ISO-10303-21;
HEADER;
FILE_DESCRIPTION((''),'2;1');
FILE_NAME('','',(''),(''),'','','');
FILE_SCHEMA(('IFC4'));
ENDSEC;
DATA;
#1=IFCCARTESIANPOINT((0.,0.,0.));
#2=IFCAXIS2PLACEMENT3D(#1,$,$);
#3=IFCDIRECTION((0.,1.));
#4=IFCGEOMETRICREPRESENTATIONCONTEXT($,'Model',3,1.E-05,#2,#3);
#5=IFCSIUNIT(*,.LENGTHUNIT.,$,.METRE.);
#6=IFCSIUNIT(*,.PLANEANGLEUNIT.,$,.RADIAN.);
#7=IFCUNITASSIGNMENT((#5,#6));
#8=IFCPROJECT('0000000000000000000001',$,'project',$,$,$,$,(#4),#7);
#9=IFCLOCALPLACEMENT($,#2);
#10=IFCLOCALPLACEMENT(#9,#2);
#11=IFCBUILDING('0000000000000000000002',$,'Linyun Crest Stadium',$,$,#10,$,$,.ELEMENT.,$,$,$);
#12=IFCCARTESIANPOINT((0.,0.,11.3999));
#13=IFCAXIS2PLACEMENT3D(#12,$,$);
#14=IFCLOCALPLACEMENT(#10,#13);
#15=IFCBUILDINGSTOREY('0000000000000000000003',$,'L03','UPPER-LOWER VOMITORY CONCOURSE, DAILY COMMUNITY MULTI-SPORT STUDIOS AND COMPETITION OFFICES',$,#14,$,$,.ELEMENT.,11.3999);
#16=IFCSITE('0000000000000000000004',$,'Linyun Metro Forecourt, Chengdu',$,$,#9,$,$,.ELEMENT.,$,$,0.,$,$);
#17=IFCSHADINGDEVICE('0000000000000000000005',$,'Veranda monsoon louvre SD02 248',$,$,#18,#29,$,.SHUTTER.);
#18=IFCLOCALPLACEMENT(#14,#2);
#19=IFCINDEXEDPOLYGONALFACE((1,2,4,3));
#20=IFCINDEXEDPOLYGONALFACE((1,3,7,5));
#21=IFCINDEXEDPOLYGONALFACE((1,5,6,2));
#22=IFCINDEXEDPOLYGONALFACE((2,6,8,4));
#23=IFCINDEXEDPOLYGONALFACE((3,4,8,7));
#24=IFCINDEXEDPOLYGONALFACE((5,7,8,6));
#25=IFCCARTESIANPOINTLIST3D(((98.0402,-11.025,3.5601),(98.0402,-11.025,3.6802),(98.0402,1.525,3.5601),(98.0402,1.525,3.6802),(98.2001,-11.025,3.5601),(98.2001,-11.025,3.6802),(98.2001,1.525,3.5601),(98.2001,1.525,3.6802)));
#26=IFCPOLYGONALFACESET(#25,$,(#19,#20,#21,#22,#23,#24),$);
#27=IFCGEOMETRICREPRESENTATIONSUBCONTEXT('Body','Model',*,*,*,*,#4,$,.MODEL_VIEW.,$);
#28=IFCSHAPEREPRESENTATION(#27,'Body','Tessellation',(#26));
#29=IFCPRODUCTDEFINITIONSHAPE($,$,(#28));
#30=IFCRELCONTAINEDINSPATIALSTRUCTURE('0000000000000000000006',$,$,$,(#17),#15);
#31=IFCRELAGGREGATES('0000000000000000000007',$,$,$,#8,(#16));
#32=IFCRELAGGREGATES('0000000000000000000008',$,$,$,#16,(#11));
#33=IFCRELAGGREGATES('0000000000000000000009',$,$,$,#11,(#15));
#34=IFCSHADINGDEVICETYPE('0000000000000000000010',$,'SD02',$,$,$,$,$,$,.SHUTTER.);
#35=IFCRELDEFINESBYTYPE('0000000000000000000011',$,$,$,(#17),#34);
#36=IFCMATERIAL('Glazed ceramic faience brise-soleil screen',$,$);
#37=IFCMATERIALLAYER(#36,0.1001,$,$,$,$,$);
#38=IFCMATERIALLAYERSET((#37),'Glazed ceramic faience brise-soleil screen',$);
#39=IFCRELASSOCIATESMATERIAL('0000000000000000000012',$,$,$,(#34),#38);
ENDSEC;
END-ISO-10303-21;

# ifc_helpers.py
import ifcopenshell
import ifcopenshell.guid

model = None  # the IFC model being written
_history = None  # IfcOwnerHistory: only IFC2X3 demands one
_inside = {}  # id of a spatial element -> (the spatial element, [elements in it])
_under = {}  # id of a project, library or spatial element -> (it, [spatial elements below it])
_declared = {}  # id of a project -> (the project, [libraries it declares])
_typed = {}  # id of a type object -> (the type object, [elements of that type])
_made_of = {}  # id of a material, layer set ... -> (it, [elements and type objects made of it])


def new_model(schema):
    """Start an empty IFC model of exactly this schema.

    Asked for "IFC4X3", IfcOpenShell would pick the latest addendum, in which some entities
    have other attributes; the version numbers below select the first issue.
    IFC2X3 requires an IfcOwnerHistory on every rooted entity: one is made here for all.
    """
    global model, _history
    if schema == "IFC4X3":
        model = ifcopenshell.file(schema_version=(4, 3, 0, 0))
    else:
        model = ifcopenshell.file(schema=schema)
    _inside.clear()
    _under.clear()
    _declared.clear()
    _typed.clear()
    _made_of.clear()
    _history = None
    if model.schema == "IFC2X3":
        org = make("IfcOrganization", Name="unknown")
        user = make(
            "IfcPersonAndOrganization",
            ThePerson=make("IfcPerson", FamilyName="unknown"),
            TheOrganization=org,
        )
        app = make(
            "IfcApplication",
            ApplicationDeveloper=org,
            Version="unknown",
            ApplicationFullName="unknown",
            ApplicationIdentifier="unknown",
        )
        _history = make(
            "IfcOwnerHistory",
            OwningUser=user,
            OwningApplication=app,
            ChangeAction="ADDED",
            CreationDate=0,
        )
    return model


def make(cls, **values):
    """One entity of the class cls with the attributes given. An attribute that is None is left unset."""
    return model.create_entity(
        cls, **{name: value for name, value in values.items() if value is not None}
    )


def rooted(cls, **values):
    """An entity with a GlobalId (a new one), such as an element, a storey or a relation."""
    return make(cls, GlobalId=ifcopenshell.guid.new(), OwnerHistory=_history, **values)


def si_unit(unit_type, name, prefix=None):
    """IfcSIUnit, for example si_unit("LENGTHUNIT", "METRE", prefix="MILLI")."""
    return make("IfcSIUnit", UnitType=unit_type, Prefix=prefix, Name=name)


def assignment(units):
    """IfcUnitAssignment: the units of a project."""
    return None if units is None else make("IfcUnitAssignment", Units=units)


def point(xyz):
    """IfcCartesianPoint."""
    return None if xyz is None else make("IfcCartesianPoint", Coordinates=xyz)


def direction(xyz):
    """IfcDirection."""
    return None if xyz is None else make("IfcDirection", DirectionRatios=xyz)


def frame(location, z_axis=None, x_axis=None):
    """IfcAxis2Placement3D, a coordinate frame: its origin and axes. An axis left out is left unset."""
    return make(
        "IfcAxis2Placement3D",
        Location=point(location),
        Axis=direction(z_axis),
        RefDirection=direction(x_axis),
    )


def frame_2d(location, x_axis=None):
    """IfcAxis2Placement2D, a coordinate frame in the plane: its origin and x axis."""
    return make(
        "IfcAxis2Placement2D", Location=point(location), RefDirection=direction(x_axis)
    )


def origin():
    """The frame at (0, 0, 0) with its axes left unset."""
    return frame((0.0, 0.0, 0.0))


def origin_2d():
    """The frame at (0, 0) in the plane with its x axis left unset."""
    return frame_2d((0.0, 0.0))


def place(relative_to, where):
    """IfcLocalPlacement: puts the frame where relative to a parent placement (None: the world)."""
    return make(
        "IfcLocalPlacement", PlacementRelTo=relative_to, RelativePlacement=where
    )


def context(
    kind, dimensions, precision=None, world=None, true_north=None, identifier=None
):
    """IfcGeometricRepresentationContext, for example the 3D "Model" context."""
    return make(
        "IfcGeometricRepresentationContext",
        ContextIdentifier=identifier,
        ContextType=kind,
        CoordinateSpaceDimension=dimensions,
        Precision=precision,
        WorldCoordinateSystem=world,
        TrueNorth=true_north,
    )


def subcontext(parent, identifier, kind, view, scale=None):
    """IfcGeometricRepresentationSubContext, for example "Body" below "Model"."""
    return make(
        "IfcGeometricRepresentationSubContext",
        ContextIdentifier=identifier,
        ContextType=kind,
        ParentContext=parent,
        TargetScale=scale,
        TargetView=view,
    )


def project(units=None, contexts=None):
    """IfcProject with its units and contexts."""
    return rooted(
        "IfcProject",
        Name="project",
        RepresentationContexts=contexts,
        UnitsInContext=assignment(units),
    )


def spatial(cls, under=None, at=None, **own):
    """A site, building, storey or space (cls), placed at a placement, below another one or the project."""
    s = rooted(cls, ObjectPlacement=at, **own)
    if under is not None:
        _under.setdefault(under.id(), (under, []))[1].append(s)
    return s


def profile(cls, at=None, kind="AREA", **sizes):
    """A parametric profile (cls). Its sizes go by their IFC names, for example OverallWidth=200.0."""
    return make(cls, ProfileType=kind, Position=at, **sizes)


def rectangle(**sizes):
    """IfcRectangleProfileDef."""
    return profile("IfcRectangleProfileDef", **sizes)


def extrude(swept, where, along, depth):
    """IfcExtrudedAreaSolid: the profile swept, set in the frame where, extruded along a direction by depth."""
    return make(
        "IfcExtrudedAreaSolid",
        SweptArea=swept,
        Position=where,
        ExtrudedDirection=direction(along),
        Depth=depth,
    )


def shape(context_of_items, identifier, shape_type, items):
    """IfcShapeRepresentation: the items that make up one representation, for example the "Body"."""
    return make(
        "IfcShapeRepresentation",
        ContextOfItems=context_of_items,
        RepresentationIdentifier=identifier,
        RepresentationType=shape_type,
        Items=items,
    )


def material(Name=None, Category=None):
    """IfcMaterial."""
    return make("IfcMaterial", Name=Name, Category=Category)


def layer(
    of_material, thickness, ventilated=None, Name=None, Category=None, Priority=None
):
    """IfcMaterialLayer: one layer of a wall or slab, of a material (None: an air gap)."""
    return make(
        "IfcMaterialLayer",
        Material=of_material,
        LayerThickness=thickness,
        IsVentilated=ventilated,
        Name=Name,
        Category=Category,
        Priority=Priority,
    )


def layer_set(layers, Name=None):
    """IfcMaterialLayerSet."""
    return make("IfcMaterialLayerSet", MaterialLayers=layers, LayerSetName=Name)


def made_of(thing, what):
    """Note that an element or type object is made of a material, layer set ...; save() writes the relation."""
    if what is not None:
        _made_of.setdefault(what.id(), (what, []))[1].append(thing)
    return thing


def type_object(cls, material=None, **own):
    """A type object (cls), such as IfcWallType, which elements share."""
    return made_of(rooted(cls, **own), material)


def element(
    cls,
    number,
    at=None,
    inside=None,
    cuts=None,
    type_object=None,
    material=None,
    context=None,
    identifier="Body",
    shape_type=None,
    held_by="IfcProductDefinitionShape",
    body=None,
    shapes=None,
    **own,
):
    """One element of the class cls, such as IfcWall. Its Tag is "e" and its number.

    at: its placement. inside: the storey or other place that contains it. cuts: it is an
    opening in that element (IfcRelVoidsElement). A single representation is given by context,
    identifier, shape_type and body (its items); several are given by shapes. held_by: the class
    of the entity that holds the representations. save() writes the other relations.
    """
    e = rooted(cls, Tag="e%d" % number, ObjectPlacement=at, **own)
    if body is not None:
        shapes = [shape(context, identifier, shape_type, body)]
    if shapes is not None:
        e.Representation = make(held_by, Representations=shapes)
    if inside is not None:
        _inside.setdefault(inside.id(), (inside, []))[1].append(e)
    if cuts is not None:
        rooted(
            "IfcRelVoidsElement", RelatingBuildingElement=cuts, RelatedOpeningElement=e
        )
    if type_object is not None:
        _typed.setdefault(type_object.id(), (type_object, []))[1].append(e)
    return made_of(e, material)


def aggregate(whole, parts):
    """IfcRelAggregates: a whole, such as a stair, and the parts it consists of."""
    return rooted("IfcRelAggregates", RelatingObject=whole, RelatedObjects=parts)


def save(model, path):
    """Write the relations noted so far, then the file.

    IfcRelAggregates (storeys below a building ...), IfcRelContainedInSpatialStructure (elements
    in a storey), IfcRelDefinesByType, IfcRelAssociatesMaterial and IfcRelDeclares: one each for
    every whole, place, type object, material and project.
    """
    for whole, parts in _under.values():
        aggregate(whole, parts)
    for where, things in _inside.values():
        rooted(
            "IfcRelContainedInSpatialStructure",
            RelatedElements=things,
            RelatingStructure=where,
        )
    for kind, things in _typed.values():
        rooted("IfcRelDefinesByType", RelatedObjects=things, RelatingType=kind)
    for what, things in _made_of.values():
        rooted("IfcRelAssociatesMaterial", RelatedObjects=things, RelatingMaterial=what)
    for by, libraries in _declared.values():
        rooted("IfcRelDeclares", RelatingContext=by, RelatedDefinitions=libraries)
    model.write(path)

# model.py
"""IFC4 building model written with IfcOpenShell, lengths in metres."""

from ifc_helpers import new_model, si_unit, direction, frame, origin, origin_2d, place, context, subcontext, project, spatial, rectangle, extrude, material, layer, layer_set, type_object, element, save


model = new_model("IFC4")

# Units and contexts
model_context = context("Model", 3, precision=1e-05, world=origin(), true_north=direction((0.0, 1.0)))
body_context = subcontext(model_context, "Body", "Model", "MODEL_VIEW")
ifc_project = project(units=[si_unit("LENGTHUNIT", "METRE"), si_unit("PLANEANGLEUNIT", "RADIAN")], contexts=[model_context])

# Site, building, storey
site_placement = place(None, origin())
site = spatial("IfcSite", under=ifc_project, at=site_placement, Name="Linyun Metro Forecourt, Chengdu", CompositionType="ELEMENT", RefElevation=0.0)
building_placement = place(site_placement, origin())
building = spatial("IfcBuilding", under=site, at=building_placement, Name="Linyun Crest Stadium", CompositionType="ELEMENT")
storey_placement = place(building_placement, frame((0.0, 0.0, 11.3999)))
storey = spatial("IfcBuildingStorey", under=building, at=storey_placement, Name="L03", Description="UPPER-LOWER VOMITORY CONCOURSE, DAILY COMMUNITY MULTI-SPORT STUDIOS AND COMPETITION OFFICES", CompositionType="ELEMENT", Elevation=11.3999)

# Shading device
ifc_material_1 = material(Name="Glazed ceramic faience brise-soleil screen")
ifc_layer_1 = layer(ifc_material_1, 0.1001)
ifc_layer_set_1 = layer_set([ifc_layer_1], Name="Glazed ceramic faience brise-soleil screen")
shading_device_type = type_object("IfcShadingDeviceType", Name="SD02", PredefinedType="SHUTTER", material=ifc_layer_set_1)
shading_device_placement = place(storey_placement, frame((98.1201, -4.75, 3.5601), z_axis=(0.0, 0.0, 1.0), x_axis=(1.0, 0.0, 0.0)))
element("IfcShadingDevice", 1, at=shading_device_placement, inside=storey, type_object=shading_device_type, Name="Veranda monsoon louvre SD02 248", PredefinedType="SHUTTER", context=body_context, shape_type="SweptSolid", body=[
    extrude(rectangle(XDim=0.1599, YDim=12.55, at=origin_2d()), origin(), (0.0, 0.0, 1.0), 0.1201),
])

save(model, "model.ifc")
